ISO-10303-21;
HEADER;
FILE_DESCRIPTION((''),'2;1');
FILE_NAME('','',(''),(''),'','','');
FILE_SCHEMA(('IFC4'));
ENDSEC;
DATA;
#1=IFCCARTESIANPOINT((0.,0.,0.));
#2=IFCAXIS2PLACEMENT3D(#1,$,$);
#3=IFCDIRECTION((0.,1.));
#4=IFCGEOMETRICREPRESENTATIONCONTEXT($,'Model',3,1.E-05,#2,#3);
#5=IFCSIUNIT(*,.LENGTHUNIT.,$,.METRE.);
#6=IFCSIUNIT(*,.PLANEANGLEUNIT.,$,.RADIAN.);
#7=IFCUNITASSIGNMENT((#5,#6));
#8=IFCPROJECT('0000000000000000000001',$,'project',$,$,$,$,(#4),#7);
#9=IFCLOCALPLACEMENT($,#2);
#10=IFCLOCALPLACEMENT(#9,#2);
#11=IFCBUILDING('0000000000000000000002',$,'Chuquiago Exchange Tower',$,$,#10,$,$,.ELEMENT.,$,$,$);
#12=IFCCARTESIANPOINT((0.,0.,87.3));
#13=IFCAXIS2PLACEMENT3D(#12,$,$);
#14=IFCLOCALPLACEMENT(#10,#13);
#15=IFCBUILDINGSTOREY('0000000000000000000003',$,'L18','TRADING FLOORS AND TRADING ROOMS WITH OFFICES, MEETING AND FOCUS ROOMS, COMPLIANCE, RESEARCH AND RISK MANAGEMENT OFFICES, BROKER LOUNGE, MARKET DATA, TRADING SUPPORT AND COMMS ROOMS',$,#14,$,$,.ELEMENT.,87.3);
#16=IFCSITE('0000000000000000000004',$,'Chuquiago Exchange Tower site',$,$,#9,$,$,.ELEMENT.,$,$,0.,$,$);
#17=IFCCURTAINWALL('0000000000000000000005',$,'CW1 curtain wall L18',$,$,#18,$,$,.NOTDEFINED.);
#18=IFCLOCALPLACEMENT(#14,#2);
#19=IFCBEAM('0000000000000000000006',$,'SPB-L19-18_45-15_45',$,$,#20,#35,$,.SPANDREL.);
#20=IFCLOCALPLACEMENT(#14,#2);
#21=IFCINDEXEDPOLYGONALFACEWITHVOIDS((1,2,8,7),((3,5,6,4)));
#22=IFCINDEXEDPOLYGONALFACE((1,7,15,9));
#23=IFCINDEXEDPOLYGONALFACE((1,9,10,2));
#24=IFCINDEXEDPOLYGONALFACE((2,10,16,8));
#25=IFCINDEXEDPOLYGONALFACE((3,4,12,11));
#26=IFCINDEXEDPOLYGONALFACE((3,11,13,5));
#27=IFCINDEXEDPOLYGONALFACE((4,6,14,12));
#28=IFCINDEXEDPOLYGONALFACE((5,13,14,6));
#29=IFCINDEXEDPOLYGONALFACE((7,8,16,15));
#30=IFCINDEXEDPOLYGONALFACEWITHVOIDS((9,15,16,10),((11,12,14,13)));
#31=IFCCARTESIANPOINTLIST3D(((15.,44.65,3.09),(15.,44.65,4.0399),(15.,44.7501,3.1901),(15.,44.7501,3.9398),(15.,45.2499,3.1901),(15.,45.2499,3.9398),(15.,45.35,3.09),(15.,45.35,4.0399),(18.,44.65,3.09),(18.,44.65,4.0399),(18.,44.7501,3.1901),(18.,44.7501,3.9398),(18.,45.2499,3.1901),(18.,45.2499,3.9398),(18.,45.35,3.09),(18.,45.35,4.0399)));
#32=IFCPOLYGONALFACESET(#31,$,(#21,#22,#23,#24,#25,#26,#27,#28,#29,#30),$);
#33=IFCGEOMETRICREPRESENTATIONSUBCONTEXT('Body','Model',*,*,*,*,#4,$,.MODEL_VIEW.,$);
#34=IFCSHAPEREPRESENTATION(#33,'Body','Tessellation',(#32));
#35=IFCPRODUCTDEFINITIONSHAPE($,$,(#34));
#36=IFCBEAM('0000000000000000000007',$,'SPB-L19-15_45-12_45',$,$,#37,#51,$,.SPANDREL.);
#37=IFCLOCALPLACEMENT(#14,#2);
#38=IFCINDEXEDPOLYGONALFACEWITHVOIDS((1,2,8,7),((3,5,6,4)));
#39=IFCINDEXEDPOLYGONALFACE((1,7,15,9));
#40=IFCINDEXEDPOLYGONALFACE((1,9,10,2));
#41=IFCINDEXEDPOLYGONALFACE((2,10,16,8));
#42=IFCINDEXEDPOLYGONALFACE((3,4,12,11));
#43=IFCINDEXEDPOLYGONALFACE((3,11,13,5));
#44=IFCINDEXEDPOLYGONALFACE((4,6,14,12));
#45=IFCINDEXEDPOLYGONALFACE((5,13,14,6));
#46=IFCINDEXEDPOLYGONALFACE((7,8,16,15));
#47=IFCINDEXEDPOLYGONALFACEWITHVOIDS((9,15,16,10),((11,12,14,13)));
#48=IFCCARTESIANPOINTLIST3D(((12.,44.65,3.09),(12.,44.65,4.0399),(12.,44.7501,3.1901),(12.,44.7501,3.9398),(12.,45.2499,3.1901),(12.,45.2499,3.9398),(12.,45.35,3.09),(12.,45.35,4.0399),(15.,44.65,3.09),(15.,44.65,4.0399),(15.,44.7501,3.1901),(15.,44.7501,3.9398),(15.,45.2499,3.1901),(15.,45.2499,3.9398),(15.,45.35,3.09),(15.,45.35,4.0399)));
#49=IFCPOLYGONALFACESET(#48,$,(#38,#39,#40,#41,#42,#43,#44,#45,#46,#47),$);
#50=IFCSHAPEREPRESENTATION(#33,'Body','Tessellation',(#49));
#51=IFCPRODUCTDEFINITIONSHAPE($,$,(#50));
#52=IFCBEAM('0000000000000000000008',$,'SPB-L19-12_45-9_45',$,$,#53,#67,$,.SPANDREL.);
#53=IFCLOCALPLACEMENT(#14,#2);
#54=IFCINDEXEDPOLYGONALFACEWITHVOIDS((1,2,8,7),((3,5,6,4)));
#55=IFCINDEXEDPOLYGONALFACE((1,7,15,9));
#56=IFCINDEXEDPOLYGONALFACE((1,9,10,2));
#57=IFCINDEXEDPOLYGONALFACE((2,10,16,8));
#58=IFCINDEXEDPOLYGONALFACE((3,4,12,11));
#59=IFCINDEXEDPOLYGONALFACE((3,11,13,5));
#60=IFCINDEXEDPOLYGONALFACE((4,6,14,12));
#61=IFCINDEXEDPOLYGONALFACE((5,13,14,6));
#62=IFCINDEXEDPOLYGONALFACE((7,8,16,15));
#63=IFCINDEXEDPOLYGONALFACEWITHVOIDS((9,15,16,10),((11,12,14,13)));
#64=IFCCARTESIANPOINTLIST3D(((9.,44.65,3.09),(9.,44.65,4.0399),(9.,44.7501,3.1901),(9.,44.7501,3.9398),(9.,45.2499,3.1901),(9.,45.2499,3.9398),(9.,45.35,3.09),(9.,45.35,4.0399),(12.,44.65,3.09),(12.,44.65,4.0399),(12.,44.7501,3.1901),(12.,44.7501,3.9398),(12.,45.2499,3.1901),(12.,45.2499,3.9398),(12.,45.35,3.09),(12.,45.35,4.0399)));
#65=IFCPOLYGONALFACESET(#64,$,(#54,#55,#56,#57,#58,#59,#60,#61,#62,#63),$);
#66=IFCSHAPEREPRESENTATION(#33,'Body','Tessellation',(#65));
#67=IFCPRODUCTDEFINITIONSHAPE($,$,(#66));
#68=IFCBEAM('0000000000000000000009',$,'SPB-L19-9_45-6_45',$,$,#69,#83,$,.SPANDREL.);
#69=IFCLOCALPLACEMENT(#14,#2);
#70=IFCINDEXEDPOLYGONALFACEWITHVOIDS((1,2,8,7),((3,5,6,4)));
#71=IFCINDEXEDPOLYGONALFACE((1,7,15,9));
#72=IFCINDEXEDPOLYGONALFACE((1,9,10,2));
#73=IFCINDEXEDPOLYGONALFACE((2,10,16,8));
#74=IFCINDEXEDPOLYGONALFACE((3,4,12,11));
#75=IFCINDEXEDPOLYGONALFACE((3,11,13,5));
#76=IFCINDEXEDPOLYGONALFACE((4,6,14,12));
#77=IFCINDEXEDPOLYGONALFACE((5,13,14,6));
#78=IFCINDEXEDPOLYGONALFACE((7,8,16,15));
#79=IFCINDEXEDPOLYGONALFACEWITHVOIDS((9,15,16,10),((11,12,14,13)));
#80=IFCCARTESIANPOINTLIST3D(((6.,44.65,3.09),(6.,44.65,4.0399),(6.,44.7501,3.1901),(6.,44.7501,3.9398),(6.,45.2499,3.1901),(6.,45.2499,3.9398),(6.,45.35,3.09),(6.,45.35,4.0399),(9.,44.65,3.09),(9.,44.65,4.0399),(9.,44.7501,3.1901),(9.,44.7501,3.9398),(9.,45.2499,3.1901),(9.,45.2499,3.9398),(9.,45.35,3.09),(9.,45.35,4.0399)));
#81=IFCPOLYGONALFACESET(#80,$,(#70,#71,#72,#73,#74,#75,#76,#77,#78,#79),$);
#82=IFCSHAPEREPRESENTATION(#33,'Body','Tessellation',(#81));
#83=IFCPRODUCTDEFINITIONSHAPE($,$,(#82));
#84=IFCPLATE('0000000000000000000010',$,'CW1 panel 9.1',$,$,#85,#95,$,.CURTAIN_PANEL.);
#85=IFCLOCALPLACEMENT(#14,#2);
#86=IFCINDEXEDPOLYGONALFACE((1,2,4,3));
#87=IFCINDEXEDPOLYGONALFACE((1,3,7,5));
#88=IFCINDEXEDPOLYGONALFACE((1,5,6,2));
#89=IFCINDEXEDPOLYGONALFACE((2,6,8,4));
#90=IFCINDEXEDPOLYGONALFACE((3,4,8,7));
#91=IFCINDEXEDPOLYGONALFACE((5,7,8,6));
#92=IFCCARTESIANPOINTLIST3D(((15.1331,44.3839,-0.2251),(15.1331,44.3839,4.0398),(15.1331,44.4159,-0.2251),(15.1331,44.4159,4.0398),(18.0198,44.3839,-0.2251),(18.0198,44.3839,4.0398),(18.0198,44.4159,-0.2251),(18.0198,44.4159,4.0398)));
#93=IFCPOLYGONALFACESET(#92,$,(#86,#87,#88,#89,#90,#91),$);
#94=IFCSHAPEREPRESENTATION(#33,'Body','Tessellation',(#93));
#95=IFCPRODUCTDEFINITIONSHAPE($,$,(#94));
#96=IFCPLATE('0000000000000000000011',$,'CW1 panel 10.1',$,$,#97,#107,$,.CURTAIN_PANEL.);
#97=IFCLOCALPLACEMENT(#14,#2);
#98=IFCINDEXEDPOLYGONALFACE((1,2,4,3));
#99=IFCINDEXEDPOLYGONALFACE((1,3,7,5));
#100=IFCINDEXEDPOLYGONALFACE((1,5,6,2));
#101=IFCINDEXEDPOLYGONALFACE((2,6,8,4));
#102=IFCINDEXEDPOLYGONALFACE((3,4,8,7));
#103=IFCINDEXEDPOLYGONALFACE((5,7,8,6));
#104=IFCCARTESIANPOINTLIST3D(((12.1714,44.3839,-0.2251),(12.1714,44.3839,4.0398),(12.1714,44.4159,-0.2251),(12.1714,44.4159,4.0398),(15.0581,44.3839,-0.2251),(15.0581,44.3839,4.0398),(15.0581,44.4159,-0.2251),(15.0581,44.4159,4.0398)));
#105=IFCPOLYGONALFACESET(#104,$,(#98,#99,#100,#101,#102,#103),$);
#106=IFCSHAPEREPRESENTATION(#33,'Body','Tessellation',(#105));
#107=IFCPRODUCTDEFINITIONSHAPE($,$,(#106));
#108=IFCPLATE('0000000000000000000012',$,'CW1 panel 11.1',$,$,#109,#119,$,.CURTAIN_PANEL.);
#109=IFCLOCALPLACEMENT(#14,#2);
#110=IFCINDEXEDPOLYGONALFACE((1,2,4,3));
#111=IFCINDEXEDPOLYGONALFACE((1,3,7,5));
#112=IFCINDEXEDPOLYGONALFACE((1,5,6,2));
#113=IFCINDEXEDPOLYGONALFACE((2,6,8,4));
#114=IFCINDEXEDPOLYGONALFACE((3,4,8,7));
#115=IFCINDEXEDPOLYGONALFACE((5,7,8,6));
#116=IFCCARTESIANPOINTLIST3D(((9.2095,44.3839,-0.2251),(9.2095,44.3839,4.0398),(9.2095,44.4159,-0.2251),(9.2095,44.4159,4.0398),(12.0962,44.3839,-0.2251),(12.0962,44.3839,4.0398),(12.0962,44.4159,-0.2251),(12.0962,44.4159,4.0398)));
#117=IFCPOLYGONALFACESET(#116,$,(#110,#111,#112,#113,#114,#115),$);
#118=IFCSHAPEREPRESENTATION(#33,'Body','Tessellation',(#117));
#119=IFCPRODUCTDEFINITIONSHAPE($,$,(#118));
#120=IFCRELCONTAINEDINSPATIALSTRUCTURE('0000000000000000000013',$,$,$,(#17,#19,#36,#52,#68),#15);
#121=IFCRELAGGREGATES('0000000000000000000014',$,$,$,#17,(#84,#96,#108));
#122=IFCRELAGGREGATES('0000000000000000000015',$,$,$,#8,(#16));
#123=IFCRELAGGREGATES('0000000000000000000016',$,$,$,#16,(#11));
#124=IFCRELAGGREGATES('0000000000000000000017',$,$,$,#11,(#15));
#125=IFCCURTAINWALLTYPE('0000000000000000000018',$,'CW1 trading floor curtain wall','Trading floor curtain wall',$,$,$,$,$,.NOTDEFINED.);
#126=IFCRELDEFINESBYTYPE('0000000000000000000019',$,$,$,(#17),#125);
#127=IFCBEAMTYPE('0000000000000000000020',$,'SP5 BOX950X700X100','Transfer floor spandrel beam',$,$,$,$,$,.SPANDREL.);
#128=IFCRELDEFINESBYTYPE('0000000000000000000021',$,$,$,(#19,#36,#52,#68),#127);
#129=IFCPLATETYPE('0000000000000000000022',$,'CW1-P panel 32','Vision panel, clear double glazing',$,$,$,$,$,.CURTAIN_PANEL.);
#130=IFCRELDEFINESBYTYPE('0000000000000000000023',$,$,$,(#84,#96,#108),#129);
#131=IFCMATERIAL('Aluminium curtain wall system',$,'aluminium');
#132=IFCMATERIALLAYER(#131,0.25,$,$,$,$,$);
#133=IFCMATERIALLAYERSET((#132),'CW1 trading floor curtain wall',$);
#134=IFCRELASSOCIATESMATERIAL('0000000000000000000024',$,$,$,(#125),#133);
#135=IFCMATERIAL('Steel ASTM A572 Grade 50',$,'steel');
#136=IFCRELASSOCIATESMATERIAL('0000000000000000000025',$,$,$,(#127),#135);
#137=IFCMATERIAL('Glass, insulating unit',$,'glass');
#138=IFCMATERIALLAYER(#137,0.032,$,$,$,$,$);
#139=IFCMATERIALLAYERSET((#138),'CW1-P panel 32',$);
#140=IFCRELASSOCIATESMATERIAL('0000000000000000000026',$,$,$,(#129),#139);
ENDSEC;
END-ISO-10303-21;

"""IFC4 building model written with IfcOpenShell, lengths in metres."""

from ifc_helpers import new_model, si_unit, direction, frame, origin, origin_2d, place, context, subcontext, project, spatial, rectangle, hollow_rectangle, extrude, material, layer, layer_set, material_profile, profile_set, type_object, element, aggregate, save


model = new_model("IFC4")

# Units and contexts
model_context = context("Model", 3, precision=1e-05, world=origin(), true_north=direction((0.0, 1.0)))
body_context = subcontext(model_context, "Body", "Model", "MODEL_VIEW")
ifc_project = project(units=[si_unit("LENGTHUNIT", "METRE"), si_unit("PLANEANGLEUNIT", "RADIAN")], contexts=[model_context])

# Site, building, storey
site_placement = place(None, origin())
site = spatial("IfcSite", under=ifc_project, at=site_placement, Name="Chuquiago Exchange Tower site", CompositionType="ELEMENT", RefElevation=0.0)
building_placement = place(site_placement, origin())
building = spatial("IfcBuilding", under=site, at=building_placement, Name="Chuquiago Exchange Tower", CompositionType="ELEMENT")
storey_placement = place(building_placement, frame((0.0, 0.0, 87.3)))
storey = spatial("IfcBuildingStorey", under=building, at=storey_placement, Name="L18", Description="TRADING FLOORS AND TRADING ROOMS WITH OFFICES, MEETING AND FOCUS ROOMS, COMPLIANCE, RESEARCH AND RISK MANAGEMENT OFFICES, BROKER LOUNGE, MARKET DATA, TRADING SUPPORT AND COMMS ROOMS", CompositionType="ELEMENT", Elevation=87.3)

# Curtain wall
ifc_material_1 = material(Name="Aluminium curtain wall system", Category="aluminium")
ifc_layer_1 = layer(ifc_material_1, 0.25)
ifc_layer_set_1 = layer_set([ifc_layer_1], Name="CW1 trading floor curtain wall")
curtain_wall_type = type_object("IfcCurtainWallType", Name="CW1 trading floor curtain wall", Description="Trading floor curtain wall", PredefinedType="NOTDEFINED", material=ifc_layer_set_1)
curtain_wall_placement = place(storey_placement, origin())
curtain_wall = element("IfcCurtainWall", 1, at=curtain_wall_placement, inside=storey, type_object=curtain_wall_type, Name="CW1 curtain wall L18", PredefinedType="NOTDEFINED")

# Beams
ifc_material_2 = material(Name="Steel ASTM A572 Grade 50", Category="steel")
ifc_material_profile_1 = material_profile(ifc_material_2, hollow_rectangle(XDim=0.7, YDim=0.95, WallThickness=0.1001, at=origin_2d()), Name="BOX950X700X100")
ifc_profile_set_1 = profile_set([ifc_material_profile_1], Name="Steel ASTM A572 Grade 50")
beam_type = type_object("IfcBeamType", Name="SP5 BOX950X700X100", Description="Transfer floor spandrel beam", PredefinedType="SPANDREL", material=ifc_profile_set_1)
for number, where, z_axis, x_axis, name in (
    (2, (18.0, 45.0, 3.5649), (-1.0, 0.0, 0.0), (0.0, -1.0, 0.0), "SPB-L19-18_45-15_45"),
    (3, (15.0, 45.0, 3.5649), (-1.0, 0.0, 0.0), (0.0, -1.0, 0.0), "SPB-L19-15_45-12_45"),
    (4, (12.0, 45.0, 3.5649), (-1.0, 0.0, 0.0), (0.0, -1.0, 0.0), "SPB-L19-12_45-9_45"),
    (5, (9.0, 45.0, 3.5649), (-1.0, 0.0, 0.0), (0.0, -1.0, 0.0), "SPB-L19-9_45-6_45"),
):
    element("IfcBeam", number, at=place(storey_placement, frame(where, z_axis=z_axis, x_axis=x_axis)), inside=storey, type_object=beam_type, Name=name, PredefinedType="SPANDREL", context=body_context, shape_type="SweptSolid", body=[
        extrude(hollow_rectangle(XDim=0.7, YDim=0.95, WallThickness=0.1001, at=origin_2d()), origin(), (0.0, 0.0, 1.0), 3.0),
    ])

# Plates
ifc_material_3 = material(Name="Glass, insulating unit", Category="glass")
ifc_layer_2 = layer(ifc_material_3, 0.032)
ifc_layer_set_2 = layer_set([ifc_layer_2], Name="CW1-P panel 32")
plate_type = type_object("IfcPlateType", Name="CW1-P panel 32", Description="Vision panel, clear double glazing", PredefinedType="CURTAIN_PANEL", material=ifc_layer_set_2)
plate_1_placement = place(storey_placement, frame((16.5764, 44.3999, -0.2251), z_axis=(0.0, 0.0, 1.0), x_axis=(-1.0, 0.0, 0.0)))
plate_1 = element("IfcPlate", 6, at=plate_1_placement, type_object=plate_type, Name="CW1 panel 9.1", PredefinedType="CURTAIN_PANEL", context=body_context, shape_type="SweptSolid", body=[
    extrude(rectangle(XDim=2.8867, YDim=0.032, at=origin_2d()), origin(), (0.0, 0.0, 1.0), 4.2649),
])
plate_2_placement = place(storey_placement, frame((13.6147, 44.3999, -0.2251), z_axis=(0.0, 0.0, 1.0), x_axis=(-1.0, 0.0, 0.0)))
plate_2 = element("IfcPlate", 7, at=plate_2_placement, type_object=plate_type, Name="CW1 panel 10.1", PredefinedType="CURTAIN_PANEL", context=body_context, shape_type="SweptSolid", body=[
    extrude(rectangle(XDim=2.8867, YDim=0.032, at=origin_2d()), origin(), (0.0, 0.0, 1.0), 4.2649),
])
plate_3_placement = place(storey_placement, frame((10.6528, 44.3999, -0.2251), z_axis=(0.0, 0.0, 1.0), x_axis=(-1.0, 0.0, 0.0)))
plate_3 = element("IfcPlate", 8, at=plate_3_placement, type_object=plate_type, Name="CW1 panel 11.1", PredefinedType="CURTAIN_PANEL", context=body_context, shape_type="SweptSolid", body=[
    extrude(rectangle(XDim=2.8867, YDim=0.032, at=origin_2d()), origin(), (0.0, 0.0, 1.0), 4.2649),
])
aggregate(curtain_wall, [plate_1, plate_2, plate_3])

save(model, "model.ifc")
